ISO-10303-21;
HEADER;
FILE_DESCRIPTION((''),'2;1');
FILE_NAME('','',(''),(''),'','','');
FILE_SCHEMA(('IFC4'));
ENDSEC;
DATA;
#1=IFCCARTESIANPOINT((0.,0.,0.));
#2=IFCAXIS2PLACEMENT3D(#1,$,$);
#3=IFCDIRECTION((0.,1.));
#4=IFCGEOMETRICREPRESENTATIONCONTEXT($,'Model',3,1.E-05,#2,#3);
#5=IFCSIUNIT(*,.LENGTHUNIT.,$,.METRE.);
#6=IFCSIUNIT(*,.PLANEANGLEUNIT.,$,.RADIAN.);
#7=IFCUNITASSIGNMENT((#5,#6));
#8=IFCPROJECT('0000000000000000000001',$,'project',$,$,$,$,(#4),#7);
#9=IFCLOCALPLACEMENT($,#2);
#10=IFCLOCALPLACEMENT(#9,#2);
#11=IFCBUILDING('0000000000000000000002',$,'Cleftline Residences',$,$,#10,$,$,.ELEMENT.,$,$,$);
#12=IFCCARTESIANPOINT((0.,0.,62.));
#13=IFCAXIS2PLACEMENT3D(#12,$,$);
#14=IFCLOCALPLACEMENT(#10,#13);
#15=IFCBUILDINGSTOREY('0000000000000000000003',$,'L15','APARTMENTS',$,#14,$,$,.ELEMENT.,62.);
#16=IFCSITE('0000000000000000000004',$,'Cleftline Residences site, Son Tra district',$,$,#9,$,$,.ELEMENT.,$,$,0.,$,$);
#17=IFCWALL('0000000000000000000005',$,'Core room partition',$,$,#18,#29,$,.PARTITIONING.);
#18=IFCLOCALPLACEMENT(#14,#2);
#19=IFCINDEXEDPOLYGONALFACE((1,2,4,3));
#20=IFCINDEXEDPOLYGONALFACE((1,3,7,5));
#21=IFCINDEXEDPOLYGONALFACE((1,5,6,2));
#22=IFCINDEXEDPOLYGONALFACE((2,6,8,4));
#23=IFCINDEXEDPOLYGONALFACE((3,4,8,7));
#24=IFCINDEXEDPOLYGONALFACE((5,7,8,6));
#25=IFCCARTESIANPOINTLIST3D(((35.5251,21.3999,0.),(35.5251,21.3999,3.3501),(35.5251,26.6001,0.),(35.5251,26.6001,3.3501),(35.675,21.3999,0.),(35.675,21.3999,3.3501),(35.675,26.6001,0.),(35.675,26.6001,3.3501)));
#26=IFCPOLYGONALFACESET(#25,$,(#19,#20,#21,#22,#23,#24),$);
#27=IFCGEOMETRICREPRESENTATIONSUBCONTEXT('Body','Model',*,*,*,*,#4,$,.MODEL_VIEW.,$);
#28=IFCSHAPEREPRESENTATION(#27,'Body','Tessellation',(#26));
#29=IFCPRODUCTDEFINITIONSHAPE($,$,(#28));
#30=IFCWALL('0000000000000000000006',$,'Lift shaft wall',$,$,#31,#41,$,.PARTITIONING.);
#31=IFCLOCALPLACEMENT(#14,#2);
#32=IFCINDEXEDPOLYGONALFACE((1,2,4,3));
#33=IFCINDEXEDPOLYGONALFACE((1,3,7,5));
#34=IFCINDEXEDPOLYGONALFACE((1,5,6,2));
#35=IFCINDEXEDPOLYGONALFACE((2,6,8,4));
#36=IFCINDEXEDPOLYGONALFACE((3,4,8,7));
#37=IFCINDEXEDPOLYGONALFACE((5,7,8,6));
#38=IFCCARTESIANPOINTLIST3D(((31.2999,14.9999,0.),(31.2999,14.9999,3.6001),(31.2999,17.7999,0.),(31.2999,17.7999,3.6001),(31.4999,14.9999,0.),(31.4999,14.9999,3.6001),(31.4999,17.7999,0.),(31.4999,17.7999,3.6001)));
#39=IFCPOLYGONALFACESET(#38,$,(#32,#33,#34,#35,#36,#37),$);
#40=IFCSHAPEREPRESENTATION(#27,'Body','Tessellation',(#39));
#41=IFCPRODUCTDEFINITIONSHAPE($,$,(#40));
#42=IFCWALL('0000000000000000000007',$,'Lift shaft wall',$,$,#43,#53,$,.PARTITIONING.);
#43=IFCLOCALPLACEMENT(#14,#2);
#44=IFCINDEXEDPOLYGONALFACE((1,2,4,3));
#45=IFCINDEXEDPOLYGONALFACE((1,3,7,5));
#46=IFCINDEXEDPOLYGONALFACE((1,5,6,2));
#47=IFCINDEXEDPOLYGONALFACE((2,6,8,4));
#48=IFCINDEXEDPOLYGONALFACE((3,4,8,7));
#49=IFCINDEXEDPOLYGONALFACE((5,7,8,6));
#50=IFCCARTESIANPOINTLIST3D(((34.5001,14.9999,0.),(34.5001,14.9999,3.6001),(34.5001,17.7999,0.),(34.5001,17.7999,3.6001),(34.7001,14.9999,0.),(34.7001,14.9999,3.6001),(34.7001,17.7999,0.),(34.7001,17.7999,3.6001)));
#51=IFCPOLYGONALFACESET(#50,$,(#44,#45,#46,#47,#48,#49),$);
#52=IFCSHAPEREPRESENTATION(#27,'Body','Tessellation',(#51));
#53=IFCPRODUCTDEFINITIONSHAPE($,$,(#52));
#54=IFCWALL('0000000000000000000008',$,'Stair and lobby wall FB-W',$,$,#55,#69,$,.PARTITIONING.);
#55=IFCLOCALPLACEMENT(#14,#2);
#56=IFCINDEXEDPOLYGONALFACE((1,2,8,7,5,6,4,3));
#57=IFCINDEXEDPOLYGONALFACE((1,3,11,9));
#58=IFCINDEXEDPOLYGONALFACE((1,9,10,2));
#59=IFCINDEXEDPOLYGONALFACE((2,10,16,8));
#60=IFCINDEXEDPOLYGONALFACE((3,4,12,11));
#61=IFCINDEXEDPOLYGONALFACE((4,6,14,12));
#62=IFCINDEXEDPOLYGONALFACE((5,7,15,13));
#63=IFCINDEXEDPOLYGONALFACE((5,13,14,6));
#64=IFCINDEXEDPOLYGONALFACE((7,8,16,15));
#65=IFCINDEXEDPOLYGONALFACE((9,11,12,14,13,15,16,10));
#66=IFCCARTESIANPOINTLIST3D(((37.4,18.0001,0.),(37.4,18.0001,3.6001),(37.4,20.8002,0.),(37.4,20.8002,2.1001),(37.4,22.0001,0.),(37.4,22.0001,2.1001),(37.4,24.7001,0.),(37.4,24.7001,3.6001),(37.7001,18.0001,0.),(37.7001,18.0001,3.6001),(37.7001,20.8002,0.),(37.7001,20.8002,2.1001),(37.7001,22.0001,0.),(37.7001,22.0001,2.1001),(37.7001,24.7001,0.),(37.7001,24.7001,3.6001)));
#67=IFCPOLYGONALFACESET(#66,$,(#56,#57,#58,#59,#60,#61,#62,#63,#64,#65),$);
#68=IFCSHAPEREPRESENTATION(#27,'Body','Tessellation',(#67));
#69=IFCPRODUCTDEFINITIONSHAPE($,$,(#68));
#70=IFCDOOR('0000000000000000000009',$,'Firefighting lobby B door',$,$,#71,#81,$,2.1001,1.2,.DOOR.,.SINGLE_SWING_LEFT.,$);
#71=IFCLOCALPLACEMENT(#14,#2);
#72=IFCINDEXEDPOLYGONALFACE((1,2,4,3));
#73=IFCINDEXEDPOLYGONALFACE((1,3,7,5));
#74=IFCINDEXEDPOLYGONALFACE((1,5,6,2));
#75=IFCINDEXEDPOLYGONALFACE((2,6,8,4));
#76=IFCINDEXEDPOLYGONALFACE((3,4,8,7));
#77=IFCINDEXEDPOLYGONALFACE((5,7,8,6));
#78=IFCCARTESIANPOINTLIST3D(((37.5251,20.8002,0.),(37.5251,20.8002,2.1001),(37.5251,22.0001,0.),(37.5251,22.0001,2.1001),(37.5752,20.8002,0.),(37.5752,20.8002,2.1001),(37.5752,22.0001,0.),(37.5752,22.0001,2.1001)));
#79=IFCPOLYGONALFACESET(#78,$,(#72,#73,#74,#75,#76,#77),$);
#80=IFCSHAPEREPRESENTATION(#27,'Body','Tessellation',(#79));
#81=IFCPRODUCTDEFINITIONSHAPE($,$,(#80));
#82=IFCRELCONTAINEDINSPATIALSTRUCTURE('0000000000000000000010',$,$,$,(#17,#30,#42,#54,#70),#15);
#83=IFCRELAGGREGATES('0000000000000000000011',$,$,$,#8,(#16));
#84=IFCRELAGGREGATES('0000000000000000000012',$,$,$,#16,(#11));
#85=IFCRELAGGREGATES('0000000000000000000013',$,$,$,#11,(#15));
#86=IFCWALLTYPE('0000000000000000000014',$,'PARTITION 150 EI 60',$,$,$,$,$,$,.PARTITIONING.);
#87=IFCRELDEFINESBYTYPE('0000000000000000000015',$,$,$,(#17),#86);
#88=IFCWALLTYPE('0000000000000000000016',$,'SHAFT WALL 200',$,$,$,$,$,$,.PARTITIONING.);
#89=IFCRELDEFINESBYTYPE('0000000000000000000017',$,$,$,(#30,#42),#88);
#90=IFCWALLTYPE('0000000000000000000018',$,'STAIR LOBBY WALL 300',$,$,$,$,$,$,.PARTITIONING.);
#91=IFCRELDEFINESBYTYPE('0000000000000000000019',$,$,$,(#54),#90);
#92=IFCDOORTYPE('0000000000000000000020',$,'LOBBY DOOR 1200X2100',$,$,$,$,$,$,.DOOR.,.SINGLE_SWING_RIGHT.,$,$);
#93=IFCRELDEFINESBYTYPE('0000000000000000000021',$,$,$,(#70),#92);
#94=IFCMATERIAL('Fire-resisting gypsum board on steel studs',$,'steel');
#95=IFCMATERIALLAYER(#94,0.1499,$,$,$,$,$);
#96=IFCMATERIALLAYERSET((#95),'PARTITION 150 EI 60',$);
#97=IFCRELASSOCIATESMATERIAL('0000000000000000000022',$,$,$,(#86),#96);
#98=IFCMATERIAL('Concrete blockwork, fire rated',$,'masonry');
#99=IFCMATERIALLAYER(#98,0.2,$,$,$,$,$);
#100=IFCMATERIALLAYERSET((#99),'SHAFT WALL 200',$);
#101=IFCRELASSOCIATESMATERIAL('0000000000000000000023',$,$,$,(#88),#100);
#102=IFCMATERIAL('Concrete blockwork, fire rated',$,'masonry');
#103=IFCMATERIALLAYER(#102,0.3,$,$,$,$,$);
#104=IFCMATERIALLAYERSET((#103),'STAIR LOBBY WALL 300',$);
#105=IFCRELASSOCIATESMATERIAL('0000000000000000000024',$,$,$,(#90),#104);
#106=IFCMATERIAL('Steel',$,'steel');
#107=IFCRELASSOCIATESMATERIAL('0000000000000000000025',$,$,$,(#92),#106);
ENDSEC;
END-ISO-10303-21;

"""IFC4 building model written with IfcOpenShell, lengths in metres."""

from ifc_helpers import new_model, si_unit, direction, frame, frame_2d, origin, place, context, subcontext, project, spatial, rectangle, extrude, material, layer, layer_set, type_object, element, fill, save


model = new_model("IFC4")

# Units and contexts
model_context = context("Model", 3, precision=1e-05, world=origin(), true_north=direction((0.0, 1.0)))
body_context = subcontext(model_context, "Body", "Model", "MODEL_VIEW")
ifc_project = project(units=[si_unit("LENGTHUNIT", "METRE"), si_unit("PLANEANGLEUNIT", "RADIAN")], contexts=[model_context])

# Site, building, storey
site_placement = place(None, origin())
site = spatial("IfcSite", under=ifc_project, at=site_placement, Name="Cleftline Residences site, Son Tra district", CompositionType="ELEMENT", RefElevation=0.0)
building_placement = place(site_placement, origin())
building = spatial("IfcBuilding", under=site, at=building_placement, Name="Cleftline Residences", CompositionType="ELEMENT")
storey_placement = place(building_placement, frame((0.0, 0.0, 62.0)))
storey = spatial("IfcBuildingStorey", under=building, at=storey_placement, Name="L15", Description="APARTMENTS", CompositionType="ELEMENT", Elevation=62.0)

# Walls
ifc_material_1 = material(Name="Fire-resisting gypsum board on steel studs", Category="steel")
ifc_layer_1 = layer(ifc_material_1, 0.1499)
ifc_layer_set_1 = layer_set([ifc_layer_1], Name="PARTITION 150 EI 60")
wall_type_1 = type_object("IfcWallType", Name="PARTITION 150 EI 60", PredefinedType="PARTITIONING", material=ifc_layer_set_1)
for number, where, z_axis, x_axis, name in (
    (1, (35.6001, 21.3999, 0.0), (0.0, 0.0, 1.0), (0.0, 1.0, 0.0), "Core room partition"),
):
    element("IfcWall", number, at=place(storey_placement, frame(where, z_axis=z_axis, x_axis=x_axis)), inside=storey, type_object=wall_type_1, Name=name, PredefinedType="PARTITIONING", context=body_context, shape_type="SweptSolid", body=[
        extrude(rectangle(XDim=5.2002, YDim=0.1499, at=frame_2d((2.6001, 0.0))), origin(), (0.0, 0.0, 1.0), 3.3501),
    ])
ifc_material_2 = material(Name="Concrete blockwork, fire rated", Category="masonry")
ifc_layer_2 = layer(ifc_material_2, 0.2)
ifc_layer_set_2 = layer_set([ifc_layer_2], Name="SHAFT WALL 200")
wall_type_2 = type_object("IfcWallType", Name="SHAFT WALL 200", PredefinedType="PARTITIONING", material=ifc_layer_set_2)
for number, where, z_axis, x_axis, name in (
    (2, (31.3999, 15.0, 0.0), (0.0, 0.0, 1.0), (0.0, 1.0, 0.0), "Lift shaft wall"),
    (3, (34.6001, 15.0, 0.0), (0.0, 0.0, 1.0), (0.0, 1.0, 0.0), "Lift shaft wall"),
):
    element("IfcWall", number, at=place(storey_placement, frame(where, z_axis=z_axis, x_axis=x_axis)), inside=storey, type_object=wall_type_2, Name=name, PredefinedType="PARTITIONING", context=body_context, shape_type="SweptSolid", body=[
        extrude(rectangle(XDim=2.8, YDim=0.2, at=frame_2d((1.3999, 0.0))), origin(), (0.0, 0.0, 1.0), 3.6001),
    ])

# Wall, opening, door
ifc_material_3 = material(Name="Concrete blockwork, fire rated", Category="masonry")
ifc_layer_3 = layer(ifc_material_3, 0.3)
ifc_layer_set_3 = layer_set([ifc_layer_3], Name="STAIR LOBBY WALL 300")
wall_type_3 = type_object("IfcWallType", Name="STAIR LOBBY WALL 300", PredefinedType="PARTITIONING", material=ifc_layer_set_3)
wall_1_placement = place(storey_placement, frame((37.55, 18.0, 0.0), z_axis=(0.0, 0.0, 1.0), x_axis=(0.0, 1.0, 0.0)))
wall_1 = element("IfcWall", 4, at=wall_1_placement, inside=storey, type_object=wall_type_3, Name="Stair and lobby wall FB-W", PredefinedType="PARTITIONING", context=body_context, shape_type="SweptSolid", body=[
    extrude(rectangle(XDim=6.7, YDim=0.3, at=frame_2d((3.3501, 0.0))), origin(), (0.0, 0.0, 1.0), 3.6001),
])
opening_1_placement = place(wall_1_placement, frame((2.8, 0.0, 0.0)))
opening_1 = element("IfcOpeningElement", 5, at=opening_1_placement, cuts=wall_1, PredefinedType="OPENING", context=body_context, shape_type="SweptSolid", body=[
    extrude(rectangle(XDim=1.2, YDim=2.1001, at=frame_2d((0.6001, 1.05))), frame((0.0, 0.1599, 0.0), z_axis=(0.0, -1.0, 0.0), x_axis=(1.0, 0.0, 0.0)), (0.0, 0.0, 1.0), 0.3201),
])
ifc_material_4 = material(Name="Steel", Category="steel")
door_type_1 = type_object("IfcDoorType", Name="LOBBY DOOR 1200X2100", OperationType="SINGLE_SWING_RIGHT", PredefinedType="DOOR", material=ifc_material_4)
door_1_placement = place(opening_1_placement, origin())
door_1 = element("IfcDoor", 6, at=door_1_placement, inside=storey, type_object=door_type_1, Name="Firefighting lobby B door", OperationType="SINGLE_SWING_LEFT", OverallHeight=2.1001, OverallWidth=1.2, PredefinedType="DOOR", context=body_context, shape_type="SweptSolid", body=[
    extrude(rectangle(XDim=1.2, YDim=2.1001, at=frame_2d((0.6001, 1.05))), frame((0.0, 0.0249, 0.0), z_axis=(0.0, -1.0, 0.0), x_axis=(1.0, 0.0, 0.0)), (0.0, 0.0, 1.0), 0.05),
])
fill(opening_1, door_1)

save(model, "model.ifc")
